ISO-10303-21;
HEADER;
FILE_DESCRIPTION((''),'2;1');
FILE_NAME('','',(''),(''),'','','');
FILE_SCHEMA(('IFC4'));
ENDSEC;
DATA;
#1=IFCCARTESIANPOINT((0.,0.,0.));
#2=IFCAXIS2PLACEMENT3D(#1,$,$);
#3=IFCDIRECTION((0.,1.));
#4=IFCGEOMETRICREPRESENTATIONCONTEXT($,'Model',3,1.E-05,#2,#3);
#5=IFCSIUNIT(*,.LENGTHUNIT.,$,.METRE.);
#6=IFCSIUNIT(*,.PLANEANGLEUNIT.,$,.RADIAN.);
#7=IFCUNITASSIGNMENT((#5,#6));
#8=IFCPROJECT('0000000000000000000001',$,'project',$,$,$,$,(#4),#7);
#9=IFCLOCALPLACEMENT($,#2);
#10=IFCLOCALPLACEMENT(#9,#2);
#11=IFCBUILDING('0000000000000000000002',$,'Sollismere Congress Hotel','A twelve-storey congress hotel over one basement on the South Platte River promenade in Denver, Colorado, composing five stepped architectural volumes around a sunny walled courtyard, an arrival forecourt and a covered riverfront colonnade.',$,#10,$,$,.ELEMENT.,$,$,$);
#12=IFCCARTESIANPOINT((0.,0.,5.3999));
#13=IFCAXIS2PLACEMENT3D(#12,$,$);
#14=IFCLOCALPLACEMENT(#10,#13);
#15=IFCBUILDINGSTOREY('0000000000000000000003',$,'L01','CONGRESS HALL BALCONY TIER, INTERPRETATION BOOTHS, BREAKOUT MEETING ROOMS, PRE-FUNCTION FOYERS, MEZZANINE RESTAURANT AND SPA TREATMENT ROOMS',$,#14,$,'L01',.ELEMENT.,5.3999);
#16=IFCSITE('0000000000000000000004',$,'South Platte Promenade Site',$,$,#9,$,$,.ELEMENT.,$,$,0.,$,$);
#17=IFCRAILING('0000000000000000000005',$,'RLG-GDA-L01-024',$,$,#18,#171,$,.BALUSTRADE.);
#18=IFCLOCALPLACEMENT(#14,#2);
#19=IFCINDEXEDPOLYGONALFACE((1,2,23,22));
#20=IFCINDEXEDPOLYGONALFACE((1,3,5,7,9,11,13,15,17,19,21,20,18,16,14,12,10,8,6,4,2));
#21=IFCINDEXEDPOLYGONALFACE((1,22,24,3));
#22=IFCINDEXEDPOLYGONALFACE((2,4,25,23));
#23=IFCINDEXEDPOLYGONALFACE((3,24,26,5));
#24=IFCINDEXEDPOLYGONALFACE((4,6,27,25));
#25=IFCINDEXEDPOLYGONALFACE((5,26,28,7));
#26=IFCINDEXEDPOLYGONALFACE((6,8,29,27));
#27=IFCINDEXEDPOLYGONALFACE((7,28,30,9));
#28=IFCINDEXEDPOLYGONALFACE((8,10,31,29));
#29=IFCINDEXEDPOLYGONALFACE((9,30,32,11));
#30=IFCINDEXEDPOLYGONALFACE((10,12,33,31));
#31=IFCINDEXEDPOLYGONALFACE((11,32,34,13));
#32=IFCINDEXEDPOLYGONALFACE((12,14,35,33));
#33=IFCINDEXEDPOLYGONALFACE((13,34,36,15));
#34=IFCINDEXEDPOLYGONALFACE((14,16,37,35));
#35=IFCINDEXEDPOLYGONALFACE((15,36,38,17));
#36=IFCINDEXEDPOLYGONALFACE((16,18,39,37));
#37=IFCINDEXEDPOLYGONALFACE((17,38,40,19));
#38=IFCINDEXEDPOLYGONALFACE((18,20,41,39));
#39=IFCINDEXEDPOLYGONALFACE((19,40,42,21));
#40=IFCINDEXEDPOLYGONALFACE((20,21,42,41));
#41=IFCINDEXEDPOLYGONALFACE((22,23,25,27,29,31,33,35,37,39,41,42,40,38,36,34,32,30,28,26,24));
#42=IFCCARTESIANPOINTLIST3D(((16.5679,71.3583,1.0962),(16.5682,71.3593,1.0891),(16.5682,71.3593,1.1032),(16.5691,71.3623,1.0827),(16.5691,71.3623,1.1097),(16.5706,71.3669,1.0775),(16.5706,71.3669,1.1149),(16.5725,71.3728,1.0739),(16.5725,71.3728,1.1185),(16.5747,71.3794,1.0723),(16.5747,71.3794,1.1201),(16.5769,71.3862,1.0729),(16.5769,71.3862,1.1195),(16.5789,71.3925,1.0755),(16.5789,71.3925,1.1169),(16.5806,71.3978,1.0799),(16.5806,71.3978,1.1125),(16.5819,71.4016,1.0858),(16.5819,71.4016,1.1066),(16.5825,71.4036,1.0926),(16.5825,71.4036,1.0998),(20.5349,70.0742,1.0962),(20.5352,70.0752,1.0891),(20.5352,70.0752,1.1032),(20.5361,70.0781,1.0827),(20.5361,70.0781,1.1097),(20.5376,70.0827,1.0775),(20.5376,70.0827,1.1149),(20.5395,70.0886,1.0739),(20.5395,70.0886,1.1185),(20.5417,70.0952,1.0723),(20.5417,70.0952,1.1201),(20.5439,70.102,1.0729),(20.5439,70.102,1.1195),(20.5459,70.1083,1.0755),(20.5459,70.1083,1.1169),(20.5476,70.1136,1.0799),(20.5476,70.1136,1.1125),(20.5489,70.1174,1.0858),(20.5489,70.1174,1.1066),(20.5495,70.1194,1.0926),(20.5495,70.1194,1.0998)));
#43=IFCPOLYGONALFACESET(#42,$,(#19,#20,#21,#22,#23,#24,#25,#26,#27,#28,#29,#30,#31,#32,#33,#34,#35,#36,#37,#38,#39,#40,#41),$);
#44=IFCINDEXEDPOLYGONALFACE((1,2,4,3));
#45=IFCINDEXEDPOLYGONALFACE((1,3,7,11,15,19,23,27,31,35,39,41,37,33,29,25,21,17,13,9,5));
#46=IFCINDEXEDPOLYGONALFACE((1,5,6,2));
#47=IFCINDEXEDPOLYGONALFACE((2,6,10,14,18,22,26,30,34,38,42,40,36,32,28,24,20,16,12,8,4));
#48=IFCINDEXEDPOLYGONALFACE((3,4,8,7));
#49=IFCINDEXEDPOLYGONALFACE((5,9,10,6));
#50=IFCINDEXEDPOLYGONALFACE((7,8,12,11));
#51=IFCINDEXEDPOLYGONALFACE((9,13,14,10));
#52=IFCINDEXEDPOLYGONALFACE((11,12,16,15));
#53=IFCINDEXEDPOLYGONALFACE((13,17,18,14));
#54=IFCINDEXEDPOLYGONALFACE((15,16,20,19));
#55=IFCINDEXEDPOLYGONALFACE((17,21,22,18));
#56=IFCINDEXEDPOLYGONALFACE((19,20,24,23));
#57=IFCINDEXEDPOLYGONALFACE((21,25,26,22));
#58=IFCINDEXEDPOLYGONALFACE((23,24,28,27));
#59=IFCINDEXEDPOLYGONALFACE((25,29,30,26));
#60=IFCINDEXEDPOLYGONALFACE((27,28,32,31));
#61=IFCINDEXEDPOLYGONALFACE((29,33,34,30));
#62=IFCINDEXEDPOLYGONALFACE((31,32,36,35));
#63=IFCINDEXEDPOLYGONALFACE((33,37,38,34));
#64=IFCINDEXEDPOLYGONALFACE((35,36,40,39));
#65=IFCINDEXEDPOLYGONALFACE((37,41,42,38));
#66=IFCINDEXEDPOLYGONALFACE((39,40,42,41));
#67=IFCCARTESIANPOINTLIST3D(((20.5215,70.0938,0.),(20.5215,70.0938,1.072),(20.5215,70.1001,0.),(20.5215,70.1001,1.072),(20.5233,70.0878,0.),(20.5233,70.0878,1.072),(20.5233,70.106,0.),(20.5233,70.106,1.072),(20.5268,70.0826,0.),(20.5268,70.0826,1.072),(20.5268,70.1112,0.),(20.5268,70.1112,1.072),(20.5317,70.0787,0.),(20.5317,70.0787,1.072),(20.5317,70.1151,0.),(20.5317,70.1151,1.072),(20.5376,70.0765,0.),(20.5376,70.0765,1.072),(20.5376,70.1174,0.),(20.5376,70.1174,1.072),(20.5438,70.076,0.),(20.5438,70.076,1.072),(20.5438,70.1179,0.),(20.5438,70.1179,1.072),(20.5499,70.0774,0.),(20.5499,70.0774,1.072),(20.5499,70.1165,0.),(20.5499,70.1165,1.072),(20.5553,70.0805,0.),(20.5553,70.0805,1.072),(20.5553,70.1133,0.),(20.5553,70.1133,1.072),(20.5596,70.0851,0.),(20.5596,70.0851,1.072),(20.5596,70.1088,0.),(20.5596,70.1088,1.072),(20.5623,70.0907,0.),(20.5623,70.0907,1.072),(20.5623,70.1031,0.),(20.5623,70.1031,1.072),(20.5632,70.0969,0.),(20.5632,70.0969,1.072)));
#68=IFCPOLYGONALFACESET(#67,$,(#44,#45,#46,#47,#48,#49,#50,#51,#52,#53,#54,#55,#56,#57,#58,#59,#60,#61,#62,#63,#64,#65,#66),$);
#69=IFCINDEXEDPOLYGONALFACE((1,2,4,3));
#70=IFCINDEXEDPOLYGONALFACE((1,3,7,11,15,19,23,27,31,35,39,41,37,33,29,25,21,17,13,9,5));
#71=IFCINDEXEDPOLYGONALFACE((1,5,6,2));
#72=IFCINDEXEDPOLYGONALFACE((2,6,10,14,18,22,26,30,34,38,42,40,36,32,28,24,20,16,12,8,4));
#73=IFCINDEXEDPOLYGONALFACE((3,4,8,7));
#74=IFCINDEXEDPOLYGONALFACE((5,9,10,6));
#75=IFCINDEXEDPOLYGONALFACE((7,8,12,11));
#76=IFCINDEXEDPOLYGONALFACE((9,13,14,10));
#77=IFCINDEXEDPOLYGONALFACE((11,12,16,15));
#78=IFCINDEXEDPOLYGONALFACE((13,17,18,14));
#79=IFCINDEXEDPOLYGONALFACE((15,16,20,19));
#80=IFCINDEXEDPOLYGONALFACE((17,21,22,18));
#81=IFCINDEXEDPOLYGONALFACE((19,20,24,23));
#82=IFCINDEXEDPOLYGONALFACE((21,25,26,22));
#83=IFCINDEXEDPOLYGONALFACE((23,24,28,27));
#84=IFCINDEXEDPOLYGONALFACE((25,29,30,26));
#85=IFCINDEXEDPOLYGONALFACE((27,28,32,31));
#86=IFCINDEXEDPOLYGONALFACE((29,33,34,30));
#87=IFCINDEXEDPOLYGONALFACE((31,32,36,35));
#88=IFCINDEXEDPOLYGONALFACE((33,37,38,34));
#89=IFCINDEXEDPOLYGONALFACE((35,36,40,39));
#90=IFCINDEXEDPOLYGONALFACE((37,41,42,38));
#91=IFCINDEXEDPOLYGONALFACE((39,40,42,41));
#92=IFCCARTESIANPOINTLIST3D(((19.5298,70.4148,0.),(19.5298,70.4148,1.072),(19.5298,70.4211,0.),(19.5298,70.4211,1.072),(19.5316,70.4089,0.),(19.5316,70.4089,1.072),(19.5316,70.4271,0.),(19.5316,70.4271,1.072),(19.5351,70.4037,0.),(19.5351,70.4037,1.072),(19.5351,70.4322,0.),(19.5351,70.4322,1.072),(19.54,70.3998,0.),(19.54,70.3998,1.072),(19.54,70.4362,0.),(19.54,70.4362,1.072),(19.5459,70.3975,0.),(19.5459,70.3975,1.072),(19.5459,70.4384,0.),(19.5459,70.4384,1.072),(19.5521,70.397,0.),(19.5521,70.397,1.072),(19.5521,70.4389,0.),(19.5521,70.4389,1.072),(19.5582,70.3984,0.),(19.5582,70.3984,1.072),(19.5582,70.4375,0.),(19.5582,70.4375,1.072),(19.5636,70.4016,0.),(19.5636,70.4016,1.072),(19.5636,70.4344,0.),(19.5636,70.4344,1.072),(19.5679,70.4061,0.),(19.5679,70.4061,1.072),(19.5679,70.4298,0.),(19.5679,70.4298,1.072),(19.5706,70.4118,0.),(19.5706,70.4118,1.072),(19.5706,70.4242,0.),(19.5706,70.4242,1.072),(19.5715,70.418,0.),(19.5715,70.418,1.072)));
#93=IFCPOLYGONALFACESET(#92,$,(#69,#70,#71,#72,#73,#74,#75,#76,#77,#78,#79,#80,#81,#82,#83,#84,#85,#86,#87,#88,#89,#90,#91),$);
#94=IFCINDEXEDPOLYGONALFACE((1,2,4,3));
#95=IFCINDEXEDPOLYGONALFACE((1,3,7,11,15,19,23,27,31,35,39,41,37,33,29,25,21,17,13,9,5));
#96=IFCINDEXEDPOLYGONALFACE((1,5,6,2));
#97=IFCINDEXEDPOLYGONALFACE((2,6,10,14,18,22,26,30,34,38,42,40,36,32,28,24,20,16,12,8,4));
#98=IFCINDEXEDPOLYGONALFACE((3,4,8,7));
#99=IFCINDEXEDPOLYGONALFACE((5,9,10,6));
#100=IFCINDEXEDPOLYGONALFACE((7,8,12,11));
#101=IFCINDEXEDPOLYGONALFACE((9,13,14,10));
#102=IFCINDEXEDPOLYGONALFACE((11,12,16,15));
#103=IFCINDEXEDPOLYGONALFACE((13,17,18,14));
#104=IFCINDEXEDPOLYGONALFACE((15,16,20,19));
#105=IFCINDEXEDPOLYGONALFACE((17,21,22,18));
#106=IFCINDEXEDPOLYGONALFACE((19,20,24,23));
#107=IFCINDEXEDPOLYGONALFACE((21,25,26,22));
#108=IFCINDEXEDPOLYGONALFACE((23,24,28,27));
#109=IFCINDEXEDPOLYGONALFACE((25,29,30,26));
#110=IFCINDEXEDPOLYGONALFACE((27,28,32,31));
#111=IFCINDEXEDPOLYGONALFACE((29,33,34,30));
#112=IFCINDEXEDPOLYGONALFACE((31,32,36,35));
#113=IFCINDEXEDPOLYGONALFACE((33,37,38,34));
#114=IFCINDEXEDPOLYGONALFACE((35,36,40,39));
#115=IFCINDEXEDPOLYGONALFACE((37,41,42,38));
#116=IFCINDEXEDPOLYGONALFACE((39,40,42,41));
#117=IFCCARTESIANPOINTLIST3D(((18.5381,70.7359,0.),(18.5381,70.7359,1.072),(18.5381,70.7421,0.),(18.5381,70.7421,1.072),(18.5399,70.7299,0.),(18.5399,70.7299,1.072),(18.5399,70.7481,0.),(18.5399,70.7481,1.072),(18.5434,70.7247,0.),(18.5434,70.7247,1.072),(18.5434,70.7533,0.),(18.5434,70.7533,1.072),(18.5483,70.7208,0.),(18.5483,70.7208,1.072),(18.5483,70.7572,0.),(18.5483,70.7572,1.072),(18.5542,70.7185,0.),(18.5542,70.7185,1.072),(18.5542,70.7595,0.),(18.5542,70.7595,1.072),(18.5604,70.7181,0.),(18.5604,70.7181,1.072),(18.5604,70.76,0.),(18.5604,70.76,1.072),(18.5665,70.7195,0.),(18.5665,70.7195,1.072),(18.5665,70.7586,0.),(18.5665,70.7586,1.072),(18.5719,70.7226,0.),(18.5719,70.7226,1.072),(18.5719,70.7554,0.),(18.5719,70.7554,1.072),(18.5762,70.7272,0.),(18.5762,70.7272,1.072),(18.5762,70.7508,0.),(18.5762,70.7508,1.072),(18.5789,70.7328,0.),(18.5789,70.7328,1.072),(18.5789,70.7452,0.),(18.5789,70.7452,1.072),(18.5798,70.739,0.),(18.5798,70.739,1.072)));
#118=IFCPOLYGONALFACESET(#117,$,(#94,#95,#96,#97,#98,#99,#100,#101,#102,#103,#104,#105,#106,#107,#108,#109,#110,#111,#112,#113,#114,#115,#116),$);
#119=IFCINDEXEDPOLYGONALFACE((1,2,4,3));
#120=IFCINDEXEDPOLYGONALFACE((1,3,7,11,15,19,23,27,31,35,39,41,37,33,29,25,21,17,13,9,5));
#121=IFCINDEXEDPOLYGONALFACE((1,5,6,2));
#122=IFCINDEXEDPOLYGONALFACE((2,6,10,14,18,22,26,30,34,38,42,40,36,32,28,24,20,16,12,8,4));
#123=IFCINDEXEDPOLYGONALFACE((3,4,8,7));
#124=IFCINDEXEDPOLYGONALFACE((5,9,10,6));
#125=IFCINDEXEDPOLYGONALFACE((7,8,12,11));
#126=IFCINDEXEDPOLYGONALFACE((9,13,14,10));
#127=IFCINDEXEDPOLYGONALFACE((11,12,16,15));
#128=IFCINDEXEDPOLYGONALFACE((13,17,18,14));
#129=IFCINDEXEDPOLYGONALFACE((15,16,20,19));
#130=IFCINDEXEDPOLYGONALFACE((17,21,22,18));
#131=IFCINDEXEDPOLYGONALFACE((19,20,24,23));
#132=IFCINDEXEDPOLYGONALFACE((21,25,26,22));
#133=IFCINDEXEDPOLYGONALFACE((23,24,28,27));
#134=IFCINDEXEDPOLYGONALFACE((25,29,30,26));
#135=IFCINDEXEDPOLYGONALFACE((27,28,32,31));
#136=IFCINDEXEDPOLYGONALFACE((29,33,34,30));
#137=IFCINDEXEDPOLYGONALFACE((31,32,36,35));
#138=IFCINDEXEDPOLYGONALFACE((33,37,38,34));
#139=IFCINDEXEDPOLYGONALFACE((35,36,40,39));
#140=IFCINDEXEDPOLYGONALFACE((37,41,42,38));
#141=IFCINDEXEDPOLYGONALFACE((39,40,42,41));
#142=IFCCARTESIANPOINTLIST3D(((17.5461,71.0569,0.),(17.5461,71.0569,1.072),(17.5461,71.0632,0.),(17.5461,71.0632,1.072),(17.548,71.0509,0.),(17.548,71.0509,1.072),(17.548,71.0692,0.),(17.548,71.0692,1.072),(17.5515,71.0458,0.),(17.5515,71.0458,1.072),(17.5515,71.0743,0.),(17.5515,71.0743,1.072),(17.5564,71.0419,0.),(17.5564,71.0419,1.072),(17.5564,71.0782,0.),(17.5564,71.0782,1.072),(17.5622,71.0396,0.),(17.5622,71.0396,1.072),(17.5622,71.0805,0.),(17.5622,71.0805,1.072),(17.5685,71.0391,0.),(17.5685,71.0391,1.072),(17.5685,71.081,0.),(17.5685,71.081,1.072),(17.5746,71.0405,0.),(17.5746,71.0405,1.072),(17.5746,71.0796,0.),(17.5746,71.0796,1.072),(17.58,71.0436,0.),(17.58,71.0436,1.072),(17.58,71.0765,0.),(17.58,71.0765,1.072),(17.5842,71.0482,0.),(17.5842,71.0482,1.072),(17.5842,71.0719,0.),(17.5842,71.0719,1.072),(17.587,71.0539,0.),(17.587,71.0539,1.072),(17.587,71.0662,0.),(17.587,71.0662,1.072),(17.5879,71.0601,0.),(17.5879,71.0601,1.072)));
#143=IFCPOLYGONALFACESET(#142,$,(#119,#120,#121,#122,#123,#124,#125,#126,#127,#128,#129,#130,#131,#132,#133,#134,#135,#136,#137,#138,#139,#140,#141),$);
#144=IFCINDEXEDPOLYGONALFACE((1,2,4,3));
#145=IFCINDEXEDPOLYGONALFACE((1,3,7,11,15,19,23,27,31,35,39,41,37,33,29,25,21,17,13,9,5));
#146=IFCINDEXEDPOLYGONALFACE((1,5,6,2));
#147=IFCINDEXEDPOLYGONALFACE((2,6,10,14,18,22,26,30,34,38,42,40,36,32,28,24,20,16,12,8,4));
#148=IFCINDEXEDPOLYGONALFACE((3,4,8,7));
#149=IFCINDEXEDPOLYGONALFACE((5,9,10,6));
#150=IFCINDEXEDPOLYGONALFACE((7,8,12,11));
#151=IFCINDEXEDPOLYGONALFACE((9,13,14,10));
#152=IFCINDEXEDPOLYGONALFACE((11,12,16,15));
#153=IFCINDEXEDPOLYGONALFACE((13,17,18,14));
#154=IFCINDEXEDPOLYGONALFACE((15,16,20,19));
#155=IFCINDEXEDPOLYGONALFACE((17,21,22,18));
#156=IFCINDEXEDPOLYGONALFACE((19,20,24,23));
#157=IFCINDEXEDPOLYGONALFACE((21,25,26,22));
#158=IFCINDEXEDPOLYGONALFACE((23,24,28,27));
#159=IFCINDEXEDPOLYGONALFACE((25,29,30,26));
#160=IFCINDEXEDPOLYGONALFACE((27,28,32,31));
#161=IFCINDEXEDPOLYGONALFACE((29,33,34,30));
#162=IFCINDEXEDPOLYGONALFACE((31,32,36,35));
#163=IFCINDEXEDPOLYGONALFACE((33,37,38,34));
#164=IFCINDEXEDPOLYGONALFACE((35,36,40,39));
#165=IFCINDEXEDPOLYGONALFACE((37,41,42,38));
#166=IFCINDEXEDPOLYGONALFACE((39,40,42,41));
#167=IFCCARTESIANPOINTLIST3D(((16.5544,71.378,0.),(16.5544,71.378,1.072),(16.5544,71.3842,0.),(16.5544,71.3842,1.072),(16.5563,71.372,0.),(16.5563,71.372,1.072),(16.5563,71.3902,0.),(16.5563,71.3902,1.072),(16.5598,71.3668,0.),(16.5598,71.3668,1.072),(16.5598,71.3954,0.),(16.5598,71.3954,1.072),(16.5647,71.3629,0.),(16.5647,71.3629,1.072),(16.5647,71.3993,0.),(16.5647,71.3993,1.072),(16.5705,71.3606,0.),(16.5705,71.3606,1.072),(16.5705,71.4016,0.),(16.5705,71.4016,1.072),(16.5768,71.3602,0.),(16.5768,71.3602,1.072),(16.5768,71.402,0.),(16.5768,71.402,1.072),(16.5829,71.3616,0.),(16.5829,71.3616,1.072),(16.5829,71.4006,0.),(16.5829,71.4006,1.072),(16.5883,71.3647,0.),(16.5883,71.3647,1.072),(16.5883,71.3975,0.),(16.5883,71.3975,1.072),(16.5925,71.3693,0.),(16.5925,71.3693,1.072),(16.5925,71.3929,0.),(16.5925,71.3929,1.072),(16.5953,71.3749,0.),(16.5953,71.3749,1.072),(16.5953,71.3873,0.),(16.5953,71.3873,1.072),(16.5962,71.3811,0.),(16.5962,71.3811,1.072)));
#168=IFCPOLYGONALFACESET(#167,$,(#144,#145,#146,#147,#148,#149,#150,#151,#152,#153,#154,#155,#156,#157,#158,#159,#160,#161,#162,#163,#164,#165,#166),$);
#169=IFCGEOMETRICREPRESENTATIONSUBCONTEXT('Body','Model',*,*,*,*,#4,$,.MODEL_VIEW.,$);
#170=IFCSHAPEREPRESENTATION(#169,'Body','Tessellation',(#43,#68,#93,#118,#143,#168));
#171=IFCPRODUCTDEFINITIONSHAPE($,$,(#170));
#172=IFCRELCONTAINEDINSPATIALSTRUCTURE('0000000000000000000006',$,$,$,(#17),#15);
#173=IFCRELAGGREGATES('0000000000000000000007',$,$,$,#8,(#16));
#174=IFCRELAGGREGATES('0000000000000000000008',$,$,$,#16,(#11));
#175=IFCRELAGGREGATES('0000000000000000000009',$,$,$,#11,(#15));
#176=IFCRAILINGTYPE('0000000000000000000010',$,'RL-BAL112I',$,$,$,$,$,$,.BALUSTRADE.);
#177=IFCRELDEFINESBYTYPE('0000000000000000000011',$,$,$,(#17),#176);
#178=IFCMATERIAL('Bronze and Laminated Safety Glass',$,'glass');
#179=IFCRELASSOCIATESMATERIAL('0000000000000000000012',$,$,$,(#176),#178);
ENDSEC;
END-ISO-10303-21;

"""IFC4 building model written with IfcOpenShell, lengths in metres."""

from ifc_helpers import new_model, si_unit, direction, frame, origin, origin_2d, place, context, subcontext, project, spatial, circle, extrude, material, type_object, element, save


model = new_model("IFC4")

# Units and contexts
model_context = context("Model", 3, precision=1e-05, world=origin(), true_north=direction((0.0, 1.0)))
body_context = subcontext(model_context, "Body", "Model", "MODEL_VIEW")
ifc_project = project(units=[si_unit("LENGTHUNIT", "METRE"), si_unit("PLANEANGLEUNIT", "RADIAN")], contexts=[model_context])

# Site, building, storey
site_placement = place(None, origin())
site = spatial("IfcSite", under=ifc_project, at=site_placement, Name="South Platte Promenade Site", CompositionType="ELEMENT", RefElevation=0.0)
building_placement = place(site_placement, origin())
building = spatial("IfcBuilding", under=site, at=building_placement, Name="Sollismere Congress Hotel", Description="A twelve-storey congress hotel over one basement on the South Platte River promenade in Denver, Colorado, composing five stepped architectural volumes around a sunny walled courtyard, an arrival forecourt and a covered riverfront colonnade.", CompositionType="ELEMENT")
storey_placement = place(building_placement, frame((0.0, 0.0, 5.3999)))
storey = spatial("IfcBuildingStorey", under=building, at=storey_placement, Name="L01", Description="CONGRESS HALL BALCONY TIER, INTERPRETATION BOOTHS, BREAKOUT MEETING ROOMS, PRE-FUNCTION FOYERS, MEZZANINE RESTAURANT AND SPA TREATMENT ROOMS", LongName="L01", CompositionType="ELEMENT", Elevation=5.3999)

# Railing
ifc_material_1 = material(Name="Bronze and Laminated Safety Glass", Category="glass")
railing_type = type_object("IfcRailingType", Name="RL-BAL112I", PredefinedType="BALUSTRADE", material=ifc_material_1)
railing_1_placement = place(storey_placement, frame((20.5422, 70.0969, 0.0)))
element("IfcRailing", 1, at=railing_1_placement, inside=storey, type_object=railing_type, Name="RLG-GDA-L01-024", PredefinedType="BALUSTRADE", context=body_context, shape_type="SweptSolid", body=[
    extrude(circle(Radius=0.0239, at=origin_2d()), frame((0.0, 0.0, 1.0962), z_axis=(-0.951394, 0.307978, 0.0), x_axis=(-0.307978, -0.951394, 0.0)), (0.0, 0.0, 1.0), 4.1697),
    extrude(circle(Radius=0.021, at=origin_2d()), origin(), (0.0, 0.0, 1.0), 1.072),
    extrude(circle(Radius=0.021, at=origin_2d()), frame((-0.9917, 0.321, 0.0)), (0.0, 0.0, 1.0), 1.072),
    extrude(circle(Radius=0.021, at=origin_2d()), frame((-1.9834, 0.6421, 0.0)), (0.0, 0.0, 1.0), 1.072),
    extrude(circle(Radius=0.021, at=origin_2d()), frame((-2.9753, 0.9631, 0.0)), (0.0, 0.0, 1.0), 1.072),
    extrude(circle(Radius=0.021, at=origin_2d()), frame((-3.967, 1.2842, 0.0)), (0.0, 0.0, 1.0), 1.072),
])

save(model, "model.ifc")
